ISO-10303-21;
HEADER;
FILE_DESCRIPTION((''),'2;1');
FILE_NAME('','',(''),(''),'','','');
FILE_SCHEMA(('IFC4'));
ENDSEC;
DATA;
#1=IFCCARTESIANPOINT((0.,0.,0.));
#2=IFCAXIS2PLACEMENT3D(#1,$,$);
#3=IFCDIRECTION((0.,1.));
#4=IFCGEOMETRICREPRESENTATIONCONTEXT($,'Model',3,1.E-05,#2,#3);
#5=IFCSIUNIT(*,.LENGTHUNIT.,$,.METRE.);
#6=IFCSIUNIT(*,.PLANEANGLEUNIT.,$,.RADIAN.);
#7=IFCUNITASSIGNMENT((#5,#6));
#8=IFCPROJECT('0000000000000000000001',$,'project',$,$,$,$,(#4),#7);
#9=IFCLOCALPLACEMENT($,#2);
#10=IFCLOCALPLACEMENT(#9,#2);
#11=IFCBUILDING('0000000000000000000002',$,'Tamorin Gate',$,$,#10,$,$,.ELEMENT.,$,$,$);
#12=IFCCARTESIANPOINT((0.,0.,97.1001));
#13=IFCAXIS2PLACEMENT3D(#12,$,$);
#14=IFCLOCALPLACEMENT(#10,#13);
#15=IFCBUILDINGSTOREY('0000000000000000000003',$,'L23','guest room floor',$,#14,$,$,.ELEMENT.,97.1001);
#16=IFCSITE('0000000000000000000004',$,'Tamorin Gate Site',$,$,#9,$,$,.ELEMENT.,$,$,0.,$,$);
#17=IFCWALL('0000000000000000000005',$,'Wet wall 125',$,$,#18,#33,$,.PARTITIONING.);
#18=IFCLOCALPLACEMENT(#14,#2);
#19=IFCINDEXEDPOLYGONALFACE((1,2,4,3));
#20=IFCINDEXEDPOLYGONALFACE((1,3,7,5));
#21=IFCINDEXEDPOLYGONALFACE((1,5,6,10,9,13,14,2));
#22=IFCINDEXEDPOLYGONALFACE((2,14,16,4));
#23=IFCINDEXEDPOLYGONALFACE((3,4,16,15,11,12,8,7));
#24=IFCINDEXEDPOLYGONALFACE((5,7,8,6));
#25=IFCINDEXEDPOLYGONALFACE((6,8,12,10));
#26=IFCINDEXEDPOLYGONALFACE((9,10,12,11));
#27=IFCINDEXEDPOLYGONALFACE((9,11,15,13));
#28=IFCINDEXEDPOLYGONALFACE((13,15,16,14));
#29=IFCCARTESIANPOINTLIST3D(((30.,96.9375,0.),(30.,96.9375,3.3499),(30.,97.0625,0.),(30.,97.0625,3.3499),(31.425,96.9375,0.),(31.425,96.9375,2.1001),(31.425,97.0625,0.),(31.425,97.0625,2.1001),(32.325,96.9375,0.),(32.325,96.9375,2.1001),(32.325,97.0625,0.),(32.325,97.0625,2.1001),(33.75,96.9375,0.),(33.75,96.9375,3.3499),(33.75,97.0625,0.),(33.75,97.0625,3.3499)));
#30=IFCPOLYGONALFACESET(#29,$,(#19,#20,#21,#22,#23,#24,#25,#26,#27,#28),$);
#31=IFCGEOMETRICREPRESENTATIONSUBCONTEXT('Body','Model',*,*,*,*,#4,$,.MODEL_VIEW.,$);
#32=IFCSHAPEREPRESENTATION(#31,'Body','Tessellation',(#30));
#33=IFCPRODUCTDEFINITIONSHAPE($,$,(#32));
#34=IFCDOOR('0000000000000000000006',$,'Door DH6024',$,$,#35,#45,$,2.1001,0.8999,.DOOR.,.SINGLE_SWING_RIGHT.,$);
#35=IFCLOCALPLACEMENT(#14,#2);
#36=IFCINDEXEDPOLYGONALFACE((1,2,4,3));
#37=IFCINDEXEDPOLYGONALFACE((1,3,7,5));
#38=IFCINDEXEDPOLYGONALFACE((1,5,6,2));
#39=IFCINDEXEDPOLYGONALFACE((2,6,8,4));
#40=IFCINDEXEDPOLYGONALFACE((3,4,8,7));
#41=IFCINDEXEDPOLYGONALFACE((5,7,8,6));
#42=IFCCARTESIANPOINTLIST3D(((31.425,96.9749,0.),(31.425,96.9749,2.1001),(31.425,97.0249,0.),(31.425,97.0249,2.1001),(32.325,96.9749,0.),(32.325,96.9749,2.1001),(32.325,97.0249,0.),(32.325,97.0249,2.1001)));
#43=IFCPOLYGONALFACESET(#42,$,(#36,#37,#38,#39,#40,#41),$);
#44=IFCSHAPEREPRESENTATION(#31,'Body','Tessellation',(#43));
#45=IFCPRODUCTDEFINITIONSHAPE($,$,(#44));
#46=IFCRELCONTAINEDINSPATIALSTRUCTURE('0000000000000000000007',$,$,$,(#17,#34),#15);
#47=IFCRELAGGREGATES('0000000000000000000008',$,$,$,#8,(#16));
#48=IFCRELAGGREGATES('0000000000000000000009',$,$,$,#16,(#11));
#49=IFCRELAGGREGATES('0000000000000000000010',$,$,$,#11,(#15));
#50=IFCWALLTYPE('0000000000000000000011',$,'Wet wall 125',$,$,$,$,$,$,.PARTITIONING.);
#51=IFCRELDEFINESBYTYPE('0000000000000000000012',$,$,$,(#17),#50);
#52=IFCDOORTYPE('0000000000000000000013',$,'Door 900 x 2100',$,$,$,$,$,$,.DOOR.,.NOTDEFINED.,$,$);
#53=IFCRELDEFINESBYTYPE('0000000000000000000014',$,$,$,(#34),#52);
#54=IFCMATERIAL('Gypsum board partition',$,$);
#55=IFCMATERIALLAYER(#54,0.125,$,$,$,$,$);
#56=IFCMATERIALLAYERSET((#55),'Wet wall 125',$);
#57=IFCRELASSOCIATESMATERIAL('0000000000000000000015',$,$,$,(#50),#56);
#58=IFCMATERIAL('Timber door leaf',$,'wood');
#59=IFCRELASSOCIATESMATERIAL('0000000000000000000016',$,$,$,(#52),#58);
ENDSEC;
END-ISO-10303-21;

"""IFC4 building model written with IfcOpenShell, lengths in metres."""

from ifc_helpers import new_model, si_unit, direction, frame, frame_2d, origin, place, context, subcontext, project, spatial, rectangle, extrude, material, layer, layer_set, type_object, element, fill, save


model = new_model("IFC4")

# Units and contexts
model_context = context("Model", 3, precision=1e-05, world=origin(), true_north=direction((0.0, 1.0)))
body_context = subcontext(model_context, "Body", "Model", "MODEL_VIEW")
ifc_project = project(units=[si_unit("LENGTHUNIT", "METRE"), si_unit("PLANEANGLEUNIT", "RADIAN")], contexts=[model_context])

# Site, building, storey
site_placement = place(None, origin())
site = spatial("IfcSite", under=ifc_project, at=site_placement, Name="Tamorin Gate Site", CompositionType="ELEMENT", RefElevation=0.0)
building_placement = place(site_placement, origin())
building = spatial("IfcBuilding", under=site, at=building_placement, Name="Tamorin Gate", CompositionType="ELEMENT")
storey_placement = place(building_placement, frame((0.0, 0.0, 97.1001)))
storey = spatial("IfcBuildingStorey", under=building, at=storey_placement, Name="L23", Description="guest room floor", CompositionType="ELEMENT", Elevation=97.1001)

# Shared definitions
ifc_material_1 = material(Name="Gypsum board partition")
ifc_material_2 = material(Name="Timber door leaf", Category="wood")

# Wall, opening, door
ifc_layer_1 = layer(ifc_material_1, 0.125)
ifc_layer_set_1 = layer_set([ifc_layer_1], Name="Wet wall 125")
wall_type_1 = type_object("IfcWallType", Name="Wet wall 125", PredefinedType="PARTITIONING", material=ifc_layer_set_1)
wall_1_placement = place(storey_placement, frame((30.0, 97.0, 0.0), z_axis=(0.0, 0.0, 1.0), x_axis=(1.0, 0.0, 0.0)))
wall_1 = element("IfcWall", 1, at=wall_1_placement, inside=storey, type_object=wall_type_1, Name="Wet wall 125", PredefinedType="PARTITIONING", context=body_context, shape_type="SweptSolid", body=[
    extrude(rectangle(XDim=3.75, YDim=0.125, at=frame_2d((1.875, 0.0))), origin(), (0.0, 0.0, 1.0), 3.3499),
])
opening_1_placement = place(wall_1_placement, frame((1.425, 0.0, 0.0)))
opening_1 = element("IfcOpeningElement", 2, at=opening_1_placement, cuts=wall_1, PredefinedType="OPENING", context=body_context, shape_type="SweptSolid", body=[
    extrude(rectangle(XDim=0.8999, YDim=2.1001, at=frame_2d((0.45, 1.05))), frame((0.0, 0.0725, 0.0), z_axis=(0.0, -1.0, 0.0), x_axis=(1.0, 0.0, 0.0)), (0.0, 0.0, 1.0), 0.145),
])
door_type_1 = type_object("IfcDoorType", Name="Door 900 x 2100", OperationType="NOTDEFINED", PredefinedType="DOOR", material=ifc_material_2)
door_1_placement = place(opening_1_placement, origin())
door_1 = element("IfcDoor", 3, at=door_1_placement, inside=storey, type_object=door_type_1, Name="Door DH6024", OperationType="SINGLE_SWING_RIGHT", OverallHeight=2.1001, OverallWidth=0.8999, PredefinedType="DOOR", context=body_context, shape_type="SweptSolid", body=[
    extrude(rectangle(XDim=0.8999, YDim=2.1001, at=frame_2d((0.45, 1.05))), frame((0.0, 0.0249, 0.0), z_axis=(0.0, -1.0, 0.0), x_axis=(1.0, 0.0, 0.0)), (0.0, 0.0, 1.0), 0.05),
])
fill(opening_1, door_1)

save(model, "model.ifc")
